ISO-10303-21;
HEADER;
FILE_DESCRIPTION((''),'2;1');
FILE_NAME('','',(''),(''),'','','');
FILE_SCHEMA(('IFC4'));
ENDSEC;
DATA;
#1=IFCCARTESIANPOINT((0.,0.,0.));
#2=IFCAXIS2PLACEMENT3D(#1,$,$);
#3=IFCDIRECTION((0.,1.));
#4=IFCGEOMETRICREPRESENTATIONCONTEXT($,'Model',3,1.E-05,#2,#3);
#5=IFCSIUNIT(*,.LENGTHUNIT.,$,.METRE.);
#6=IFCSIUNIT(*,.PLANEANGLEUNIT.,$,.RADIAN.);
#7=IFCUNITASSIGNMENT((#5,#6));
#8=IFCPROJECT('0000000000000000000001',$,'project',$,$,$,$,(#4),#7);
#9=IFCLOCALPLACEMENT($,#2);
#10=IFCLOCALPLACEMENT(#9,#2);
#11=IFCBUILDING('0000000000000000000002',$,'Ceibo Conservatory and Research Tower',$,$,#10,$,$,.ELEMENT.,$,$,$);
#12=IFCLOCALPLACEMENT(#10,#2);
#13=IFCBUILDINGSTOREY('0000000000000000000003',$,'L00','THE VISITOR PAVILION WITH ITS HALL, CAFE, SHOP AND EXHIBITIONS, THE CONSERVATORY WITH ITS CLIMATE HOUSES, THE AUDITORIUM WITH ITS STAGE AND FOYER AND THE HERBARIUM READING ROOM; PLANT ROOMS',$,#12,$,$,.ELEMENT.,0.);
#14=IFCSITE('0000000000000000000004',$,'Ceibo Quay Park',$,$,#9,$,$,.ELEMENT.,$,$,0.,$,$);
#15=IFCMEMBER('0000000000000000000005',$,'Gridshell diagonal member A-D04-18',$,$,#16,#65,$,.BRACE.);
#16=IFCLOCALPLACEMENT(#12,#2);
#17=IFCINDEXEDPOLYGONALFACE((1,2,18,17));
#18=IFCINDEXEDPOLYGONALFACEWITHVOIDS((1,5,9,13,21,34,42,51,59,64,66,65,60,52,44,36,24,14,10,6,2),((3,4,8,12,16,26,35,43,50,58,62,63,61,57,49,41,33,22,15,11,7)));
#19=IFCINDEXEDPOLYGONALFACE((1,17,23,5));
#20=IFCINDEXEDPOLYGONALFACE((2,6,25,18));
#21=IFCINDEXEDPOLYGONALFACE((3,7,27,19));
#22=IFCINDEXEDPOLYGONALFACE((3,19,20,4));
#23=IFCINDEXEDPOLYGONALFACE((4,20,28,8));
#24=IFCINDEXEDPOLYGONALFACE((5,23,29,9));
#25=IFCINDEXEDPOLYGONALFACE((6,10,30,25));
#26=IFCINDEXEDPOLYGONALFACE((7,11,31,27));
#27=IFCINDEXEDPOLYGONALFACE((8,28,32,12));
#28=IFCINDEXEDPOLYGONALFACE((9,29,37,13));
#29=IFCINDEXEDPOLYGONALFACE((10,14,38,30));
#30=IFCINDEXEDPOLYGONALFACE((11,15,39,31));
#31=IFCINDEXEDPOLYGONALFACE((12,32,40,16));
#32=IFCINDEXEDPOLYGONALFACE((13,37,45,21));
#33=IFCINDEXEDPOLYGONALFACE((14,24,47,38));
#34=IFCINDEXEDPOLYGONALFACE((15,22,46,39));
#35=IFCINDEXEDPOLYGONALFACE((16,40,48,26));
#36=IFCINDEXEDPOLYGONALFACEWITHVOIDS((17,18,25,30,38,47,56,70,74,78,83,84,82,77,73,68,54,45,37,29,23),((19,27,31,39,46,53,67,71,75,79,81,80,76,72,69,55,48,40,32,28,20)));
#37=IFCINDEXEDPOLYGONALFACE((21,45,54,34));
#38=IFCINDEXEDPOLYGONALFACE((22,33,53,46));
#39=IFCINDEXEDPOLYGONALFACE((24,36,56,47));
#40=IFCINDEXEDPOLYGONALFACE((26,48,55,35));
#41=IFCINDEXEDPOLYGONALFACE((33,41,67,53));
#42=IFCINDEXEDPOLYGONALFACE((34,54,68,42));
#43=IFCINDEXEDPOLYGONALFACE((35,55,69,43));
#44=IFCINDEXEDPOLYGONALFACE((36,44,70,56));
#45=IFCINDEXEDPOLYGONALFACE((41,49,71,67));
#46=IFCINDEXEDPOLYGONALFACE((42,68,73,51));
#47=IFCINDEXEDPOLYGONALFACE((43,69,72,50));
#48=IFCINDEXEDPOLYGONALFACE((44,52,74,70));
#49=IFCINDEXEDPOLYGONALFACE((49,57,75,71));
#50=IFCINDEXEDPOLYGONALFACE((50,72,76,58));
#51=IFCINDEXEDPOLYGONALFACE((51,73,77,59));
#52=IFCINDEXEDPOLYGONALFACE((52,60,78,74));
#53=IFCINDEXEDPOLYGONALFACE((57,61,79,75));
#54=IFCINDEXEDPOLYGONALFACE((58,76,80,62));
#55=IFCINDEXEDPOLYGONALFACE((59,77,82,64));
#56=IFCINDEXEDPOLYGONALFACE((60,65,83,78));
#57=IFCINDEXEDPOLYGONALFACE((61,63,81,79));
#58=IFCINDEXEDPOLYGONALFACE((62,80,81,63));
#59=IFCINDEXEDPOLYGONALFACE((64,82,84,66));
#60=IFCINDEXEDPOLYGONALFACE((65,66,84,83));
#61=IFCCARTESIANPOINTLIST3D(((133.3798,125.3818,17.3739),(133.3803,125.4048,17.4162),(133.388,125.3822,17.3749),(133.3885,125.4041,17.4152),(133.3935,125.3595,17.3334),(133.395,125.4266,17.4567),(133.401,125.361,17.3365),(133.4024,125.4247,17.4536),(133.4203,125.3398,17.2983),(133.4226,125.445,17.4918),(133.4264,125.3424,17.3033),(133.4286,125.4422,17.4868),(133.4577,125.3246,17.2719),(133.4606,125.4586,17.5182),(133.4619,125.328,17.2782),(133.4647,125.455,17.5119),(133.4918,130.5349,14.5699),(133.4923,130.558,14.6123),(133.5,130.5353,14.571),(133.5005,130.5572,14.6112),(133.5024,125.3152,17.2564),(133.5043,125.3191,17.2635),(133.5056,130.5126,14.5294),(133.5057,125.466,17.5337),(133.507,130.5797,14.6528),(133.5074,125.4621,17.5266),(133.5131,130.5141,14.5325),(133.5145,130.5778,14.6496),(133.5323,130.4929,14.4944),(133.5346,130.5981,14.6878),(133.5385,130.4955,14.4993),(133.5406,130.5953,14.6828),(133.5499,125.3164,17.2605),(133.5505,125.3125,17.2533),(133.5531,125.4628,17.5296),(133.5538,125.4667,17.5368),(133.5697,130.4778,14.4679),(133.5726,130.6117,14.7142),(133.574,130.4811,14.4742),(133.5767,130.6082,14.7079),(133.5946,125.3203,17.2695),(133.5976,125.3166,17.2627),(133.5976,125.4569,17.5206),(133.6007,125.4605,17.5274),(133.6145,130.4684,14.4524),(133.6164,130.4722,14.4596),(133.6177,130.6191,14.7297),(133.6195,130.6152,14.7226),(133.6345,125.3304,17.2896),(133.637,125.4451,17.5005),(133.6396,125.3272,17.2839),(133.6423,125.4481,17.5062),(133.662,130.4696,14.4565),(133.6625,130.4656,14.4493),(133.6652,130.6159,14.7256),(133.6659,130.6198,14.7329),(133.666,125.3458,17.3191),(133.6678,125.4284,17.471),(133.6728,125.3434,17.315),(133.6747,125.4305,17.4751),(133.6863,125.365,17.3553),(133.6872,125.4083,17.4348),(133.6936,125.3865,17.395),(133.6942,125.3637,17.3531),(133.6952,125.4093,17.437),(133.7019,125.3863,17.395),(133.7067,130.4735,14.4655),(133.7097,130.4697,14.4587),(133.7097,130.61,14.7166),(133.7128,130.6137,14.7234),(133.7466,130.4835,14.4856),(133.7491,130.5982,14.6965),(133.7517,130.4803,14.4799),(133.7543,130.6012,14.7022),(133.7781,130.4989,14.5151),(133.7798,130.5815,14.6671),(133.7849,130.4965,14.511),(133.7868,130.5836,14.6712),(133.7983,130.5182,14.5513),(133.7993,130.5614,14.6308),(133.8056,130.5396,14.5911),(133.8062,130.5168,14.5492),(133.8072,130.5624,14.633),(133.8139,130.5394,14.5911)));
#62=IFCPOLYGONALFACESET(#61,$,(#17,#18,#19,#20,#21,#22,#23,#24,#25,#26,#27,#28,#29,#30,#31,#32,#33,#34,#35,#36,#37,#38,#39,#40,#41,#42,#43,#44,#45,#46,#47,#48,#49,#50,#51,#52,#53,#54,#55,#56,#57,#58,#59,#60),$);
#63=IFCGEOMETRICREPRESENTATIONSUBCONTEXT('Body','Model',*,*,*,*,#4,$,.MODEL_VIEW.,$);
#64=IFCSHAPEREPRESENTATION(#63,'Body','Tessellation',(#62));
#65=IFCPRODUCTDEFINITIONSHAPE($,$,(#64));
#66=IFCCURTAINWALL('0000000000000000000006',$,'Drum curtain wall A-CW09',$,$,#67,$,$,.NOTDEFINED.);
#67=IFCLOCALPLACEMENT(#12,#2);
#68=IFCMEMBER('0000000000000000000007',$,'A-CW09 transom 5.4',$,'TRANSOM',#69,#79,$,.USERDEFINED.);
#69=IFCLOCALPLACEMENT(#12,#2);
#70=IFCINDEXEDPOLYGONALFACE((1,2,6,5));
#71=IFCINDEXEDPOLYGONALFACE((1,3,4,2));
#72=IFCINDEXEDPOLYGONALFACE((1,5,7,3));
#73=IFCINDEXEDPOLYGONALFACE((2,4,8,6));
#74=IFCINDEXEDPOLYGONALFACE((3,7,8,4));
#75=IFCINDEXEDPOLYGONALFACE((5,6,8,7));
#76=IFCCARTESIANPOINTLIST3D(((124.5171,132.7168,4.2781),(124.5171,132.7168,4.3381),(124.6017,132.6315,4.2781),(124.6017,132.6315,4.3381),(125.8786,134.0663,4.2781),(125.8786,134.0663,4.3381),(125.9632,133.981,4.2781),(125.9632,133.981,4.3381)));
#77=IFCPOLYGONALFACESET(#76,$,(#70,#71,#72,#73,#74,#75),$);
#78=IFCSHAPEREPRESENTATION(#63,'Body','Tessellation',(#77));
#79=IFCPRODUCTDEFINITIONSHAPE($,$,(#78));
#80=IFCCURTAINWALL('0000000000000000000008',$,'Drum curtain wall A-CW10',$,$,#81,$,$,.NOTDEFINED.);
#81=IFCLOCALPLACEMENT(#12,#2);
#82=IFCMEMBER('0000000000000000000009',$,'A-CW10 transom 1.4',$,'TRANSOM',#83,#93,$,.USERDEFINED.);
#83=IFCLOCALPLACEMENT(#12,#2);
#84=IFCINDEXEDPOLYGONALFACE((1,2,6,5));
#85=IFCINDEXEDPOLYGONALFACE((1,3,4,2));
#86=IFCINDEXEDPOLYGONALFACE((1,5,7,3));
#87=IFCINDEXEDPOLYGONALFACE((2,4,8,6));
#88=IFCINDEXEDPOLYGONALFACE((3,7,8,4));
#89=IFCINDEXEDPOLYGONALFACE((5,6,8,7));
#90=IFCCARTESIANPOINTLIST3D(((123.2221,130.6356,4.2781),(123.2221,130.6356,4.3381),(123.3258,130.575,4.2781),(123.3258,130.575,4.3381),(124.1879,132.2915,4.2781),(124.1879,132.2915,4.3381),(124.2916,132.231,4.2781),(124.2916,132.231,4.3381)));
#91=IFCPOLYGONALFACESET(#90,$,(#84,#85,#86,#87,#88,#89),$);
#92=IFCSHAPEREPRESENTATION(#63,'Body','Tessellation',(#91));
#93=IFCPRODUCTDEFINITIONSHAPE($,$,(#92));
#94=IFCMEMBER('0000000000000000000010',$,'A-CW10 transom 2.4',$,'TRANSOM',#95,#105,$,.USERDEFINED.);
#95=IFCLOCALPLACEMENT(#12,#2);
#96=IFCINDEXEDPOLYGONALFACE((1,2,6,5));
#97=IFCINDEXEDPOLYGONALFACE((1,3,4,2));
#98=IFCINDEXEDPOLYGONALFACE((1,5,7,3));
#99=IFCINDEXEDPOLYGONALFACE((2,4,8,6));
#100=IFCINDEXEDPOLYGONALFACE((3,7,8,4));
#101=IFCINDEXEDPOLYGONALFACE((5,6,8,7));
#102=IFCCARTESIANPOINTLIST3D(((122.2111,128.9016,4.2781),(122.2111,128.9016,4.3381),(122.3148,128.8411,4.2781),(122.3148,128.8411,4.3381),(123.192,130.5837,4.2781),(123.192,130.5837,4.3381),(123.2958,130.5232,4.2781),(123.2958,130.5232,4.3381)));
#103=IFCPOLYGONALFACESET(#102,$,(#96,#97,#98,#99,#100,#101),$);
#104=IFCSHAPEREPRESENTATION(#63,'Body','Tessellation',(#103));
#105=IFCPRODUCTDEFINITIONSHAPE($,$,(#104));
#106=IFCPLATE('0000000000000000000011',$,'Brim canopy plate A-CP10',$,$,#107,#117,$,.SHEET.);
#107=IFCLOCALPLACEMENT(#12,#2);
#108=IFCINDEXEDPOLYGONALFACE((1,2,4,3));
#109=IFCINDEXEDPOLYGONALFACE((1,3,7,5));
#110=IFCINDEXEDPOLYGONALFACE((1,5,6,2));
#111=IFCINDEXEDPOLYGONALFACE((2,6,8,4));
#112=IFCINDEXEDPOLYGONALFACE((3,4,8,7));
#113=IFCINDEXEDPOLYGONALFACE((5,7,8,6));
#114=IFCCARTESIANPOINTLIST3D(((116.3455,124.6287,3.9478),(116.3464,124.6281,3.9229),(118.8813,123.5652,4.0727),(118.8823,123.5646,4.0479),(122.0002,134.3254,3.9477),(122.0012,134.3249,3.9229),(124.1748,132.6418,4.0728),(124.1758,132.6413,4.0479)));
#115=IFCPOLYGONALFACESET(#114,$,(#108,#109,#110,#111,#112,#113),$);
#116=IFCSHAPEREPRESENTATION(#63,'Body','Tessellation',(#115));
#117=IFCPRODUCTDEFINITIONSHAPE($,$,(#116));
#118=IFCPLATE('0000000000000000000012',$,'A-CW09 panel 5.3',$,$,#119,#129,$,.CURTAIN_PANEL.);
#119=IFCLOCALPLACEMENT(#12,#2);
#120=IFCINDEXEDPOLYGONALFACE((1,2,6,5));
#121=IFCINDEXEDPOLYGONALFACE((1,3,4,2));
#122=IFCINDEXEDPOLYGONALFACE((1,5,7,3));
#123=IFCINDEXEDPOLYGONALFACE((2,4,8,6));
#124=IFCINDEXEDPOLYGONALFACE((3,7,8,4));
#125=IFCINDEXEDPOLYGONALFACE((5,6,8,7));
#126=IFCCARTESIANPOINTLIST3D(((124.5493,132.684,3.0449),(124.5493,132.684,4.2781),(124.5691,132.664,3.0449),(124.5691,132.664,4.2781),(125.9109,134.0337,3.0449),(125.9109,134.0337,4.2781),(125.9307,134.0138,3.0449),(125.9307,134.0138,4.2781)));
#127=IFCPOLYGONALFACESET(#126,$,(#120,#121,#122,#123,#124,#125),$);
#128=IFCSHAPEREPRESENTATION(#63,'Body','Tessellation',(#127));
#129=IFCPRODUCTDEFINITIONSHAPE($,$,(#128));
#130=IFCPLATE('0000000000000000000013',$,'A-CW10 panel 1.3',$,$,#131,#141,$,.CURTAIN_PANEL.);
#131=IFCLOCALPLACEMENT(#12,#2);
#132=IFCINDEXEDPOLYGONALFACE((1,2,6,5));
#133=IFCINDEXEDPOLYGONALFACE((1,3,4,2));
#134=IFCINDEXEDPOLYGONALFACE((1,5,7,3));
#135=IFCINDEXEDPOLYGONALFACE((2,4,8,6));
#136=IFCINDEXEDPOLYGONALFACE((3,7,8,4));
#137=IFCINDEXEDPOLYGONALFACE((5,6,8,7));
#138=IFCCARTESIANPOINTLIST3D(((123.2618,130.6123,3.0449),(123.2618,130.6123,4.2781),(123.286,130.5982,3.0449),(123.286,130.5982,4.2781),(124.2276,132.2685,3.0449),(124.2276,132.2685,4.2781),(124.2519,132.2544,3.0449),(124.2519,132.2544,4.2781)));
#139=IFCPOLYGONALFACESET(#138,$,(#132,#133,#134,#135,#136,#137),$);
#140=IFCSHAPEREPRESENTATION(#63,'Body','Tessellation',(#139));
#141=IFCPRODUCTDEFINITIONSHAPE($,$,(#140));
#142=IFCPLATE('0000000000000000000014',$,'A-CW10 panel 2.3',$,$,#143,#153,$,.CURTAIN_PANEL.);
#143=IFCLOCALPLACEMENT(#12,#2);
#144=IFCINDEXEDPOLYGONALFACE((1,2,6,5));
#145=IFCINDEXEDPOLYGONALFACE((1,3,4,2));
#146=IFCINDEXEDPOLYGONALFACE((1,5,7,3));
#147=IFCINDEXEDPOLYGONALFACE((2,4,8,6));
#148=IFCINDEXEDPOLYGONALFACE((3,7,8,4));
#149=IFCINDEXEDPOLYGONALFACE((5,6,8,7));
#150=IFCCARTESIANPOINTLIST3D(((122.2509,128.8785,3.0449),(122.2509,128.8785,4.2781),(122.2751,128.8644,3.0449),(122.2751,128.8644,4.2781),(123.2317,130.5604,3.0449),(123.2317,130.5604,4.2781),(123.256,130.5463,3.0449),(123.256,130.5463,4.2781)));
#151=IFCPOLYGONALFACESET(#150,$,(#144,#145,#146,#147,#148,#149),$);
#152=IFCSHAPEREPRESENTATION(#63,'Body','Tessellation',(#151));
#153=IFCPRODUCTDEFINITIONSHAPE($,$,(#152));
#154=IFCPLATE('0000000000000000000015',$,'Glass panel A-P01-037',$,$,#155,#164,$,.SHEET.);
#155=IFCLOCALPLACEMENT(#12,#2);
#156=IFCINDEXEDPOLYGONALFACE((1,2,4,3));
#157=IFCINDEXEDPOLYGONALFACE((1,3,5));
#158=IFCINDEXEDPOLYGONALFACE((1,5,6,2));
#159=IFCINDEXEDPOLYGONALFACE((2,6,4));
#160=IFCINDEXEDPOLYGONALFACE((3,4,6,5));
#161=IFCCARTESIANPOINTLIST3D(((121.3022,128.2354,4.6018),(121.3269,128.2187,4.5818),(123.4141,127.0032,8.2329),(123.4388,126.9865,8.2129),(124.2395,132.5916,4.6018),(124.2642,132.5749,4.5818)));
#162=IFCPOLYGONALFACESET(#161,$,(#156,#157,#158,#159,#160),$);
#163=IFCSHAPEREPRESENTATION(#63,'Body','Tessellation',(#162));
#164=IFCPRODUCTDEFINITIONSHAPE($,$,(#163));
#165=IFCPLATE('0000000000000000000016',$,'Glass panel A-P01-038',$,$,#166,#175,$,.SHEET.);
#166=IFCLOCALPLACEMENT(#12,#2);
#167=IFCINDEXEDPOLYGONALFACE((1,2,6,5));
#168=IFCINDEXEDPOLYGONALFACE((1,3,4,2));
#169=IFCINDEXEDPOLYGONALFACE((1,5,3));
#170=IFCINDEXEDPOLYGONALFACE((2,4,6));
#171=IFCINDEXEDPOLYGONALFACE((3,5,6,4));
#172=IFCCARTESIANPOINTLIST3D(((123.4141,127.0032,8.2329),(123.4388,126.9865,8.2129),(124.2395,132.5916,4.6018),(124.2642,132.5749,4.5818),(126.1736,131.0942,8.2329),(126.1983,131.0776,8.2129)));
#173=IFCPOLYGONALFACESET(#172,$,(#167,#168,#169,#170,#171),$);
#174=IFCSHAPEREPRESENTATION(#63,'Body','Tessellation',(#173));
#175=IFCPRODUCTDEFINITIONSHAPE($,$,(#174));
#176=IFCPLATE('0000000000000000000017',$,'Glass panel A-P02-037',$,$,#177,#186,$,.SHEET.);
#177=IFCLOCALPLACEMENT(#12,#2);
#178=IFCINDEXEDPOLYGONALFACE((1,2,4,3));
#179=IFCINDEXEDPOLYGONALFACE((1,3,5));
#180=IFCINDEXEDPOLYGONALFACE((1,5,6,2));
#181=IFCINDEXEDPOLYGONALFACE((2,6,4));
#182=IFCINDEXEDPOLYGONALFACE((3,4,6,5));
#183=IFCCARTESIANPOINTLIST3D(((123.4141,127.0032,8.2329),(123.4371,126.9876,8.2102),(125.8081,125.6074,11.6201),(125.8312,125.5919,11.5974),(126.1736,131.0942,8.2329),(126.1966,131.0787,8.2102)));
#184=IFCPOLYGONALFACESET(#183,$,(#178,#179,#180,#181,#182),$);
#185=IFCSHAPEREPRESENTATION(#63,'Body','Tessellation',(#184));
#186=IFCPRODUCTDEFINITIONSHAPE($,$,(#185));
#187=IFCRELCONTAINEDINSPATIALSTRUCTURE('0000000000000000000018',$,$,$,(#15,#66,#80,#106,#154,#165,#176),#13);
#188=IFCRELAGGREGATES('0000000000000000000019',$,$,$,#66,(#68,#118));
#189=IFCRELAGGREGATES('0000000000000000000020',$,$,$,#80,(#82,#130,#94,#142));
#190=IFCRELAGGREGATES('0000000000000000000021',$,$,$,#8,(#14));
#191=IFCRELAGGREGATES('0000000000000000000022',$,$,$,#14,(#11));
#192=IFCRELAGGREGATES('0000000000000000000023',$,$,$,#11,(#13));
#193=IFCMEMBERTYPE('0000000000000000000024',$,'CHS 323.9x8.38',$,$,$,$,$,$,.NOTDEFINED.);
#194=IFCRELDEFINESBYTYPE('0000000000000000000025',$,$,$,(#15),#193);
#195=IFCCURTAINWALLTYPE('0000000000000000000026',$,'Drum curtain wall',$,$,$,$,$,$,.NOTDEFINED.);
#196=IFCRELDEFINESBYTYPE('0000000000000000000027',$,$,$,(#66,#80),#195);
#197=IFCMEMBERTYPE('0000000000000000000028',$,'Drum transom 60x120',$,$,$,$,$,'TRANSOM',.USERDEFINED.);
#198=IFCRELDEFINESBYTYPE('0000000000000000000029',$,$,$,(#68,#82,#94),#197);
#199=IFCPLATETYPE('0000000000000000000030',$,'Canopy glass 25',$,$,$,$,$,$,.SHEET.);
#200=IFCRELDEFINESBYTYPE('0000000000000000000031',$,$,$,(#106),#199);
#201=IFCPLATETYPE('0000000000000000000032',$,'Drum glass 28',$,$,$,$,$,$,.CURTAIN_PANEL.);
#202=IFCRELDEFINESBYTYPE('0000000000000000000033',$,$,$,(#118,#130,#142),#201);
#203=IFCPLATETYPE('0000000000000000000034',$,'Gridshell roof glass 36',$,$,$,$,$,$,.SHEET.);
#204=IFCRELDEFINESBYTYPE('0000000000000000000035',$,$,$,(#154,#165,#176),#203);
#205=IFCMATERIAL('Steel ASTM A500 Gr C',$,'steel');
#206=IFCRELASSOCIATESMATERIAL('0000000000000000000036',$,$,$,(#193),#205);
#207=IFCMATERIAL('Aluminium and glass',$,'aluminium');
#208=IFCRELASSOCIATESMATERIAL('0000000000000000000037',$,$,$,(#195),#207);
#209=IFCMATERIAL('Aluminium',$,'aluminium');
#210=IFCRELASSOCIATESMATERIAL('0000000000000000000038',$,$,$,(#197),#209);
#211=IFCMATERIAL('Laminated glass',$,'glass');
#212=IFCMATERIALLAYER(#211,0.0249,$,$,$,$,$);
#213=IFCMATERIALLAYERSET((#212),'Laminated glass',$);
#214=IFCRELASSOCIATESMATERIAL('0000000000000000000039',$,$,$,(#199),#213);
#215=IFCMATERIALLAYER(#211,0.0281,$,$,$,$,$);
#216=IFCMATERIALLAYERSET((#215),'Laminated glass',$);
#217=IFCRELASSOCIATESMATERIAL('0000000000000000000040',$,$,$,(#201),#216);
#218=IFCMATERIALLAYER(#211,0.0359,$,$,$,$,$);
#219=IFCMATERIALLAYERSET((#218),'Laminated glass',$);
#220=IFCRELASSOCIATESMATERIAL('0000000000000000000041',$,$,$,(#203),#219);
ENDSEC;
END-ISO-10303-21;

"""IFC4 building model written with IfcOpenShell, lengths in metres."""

from ifc_helpers import new_model, si_unit, direction, frame, origin, origin_2d, place, context, subcontext, project, spatial, polyline, rectangle, hollow_circle, outline, extrude, material, layer, layer_set, material_profile, profile_set, type_object, element, aggregate, save


model = new_model("IFC4")

# Units and contexts
model_context = context("Model", 3, precision=1e-05, world=origin(), true_north=direction((0.0, 1.0)))
body_context = subcontext(model_context, "Body", "Model", "MODEL_VIEW")
ifc_project = project(units=[si_unit("LENGTHUNIT", "METRE"), si_unit("PLANEANGLEUNIT", "RADIAN")], contexts=[model_context])

# Site, building, storey
site_placement = place(None, origin())
site = spatial("IfcSite", under=ifc_project, at=site_placement, Name="Ceibo Quay Park", CompositionType="ELEMENT", RefElevation=0.0)
building_placement = place(site_placement, origin())
building = spatial("IfcBuilding", under=site, at=building_placement, Name="Ceibo Conservatory and Research Tower", CompositionType="ELEMENT")
storey_placement = place(building_placement, origin())
storey = spatial("IfcBuildingStorey", under=building, at=storey_placement, Name="L00", Description="THE VISITOR PAVILION WITH ITS HALL, CAFE, SHOP AND EXHIBITIONS, THE CONSERVATORY WITH ITS CLIMATE HOUSES, THE AUDITORIUM WITH ITS STAGE AND FOYER AND THE HERBARIUM READING ROOM; PLANT ROOMS", CompositionType="ELEMENT", Elevation=0.0)

# Member
ifc_material_1 = material(Name="Steel ASTM A500 Gr C", Category="steel")
ifc_material_profile_1 = material_profile(ifc_material_1, hollow_circle(Radius=0.1619, WallThickness=0.0083, at=origin_2d()), Name="CHS 323.9x8.38")
ifc_profile_set_1 = profile_set([ifc_material_profile_1], Name="Steel ASTM A500 Gr C")
member_type_1 = type_object("IfcMemberType", Name="CHS 323.9x8.38", PredefinedType="NOTDEFINED", material=ifc_profile_set_1)
member_1_placement = place(storey_placement, frame((133.6521, 130.543, 14.5911), z_axis=(-0.019098, -0.878223, 0.47787), x_axis=(0.999764, -0.021741, 0.0)))
element("IfcMember", 1, at=member_1_placement, inside=storey, type_object=member_type_1, Name="Gridshell diagonal member A-D04-18", PredefinedType="BRACE", context=body_context, shape_type="SweptSolid", body=[
    extrude(hollow_circle(Radius=0.1619, WallThickness=0.0083, at=origin_2d()), origin(), (0.0, 0.0, 1.0), 5.8677),
])

# Curtain wall, member
ifc_material_2 = material(Name="Aluminium and glass", Category="aluminium")
curtain_wall_type = type_object("IfcCurtainWallType", Name="Drum curtain wall", PredefinedType="NOTDEFINED", material=ifc_material_2)
curtain_wall_1_placement = place(storey_placement, origin())
curtain_wall_1 = element("IfcCurtainWall", 2, at=curtain_wall_1_placement, inside=storey, type_object=curtain_wall_type, Name="Drum curtain wall A-CW09", PredefinedType="NOTDEFINED")
ifc_material_3 = material(Name="Aluminium", Category="aluminium")
ifc_material_profile_2 = material_profile(ifc_material_3, rectangle(XDim=0.1201, YDim=0.0601, at=origin_2d()), Name="AL 60x120")
ifc_profile_set_2 = profile_set([ifc_material_profile_2], Name="Aluminium")
member_type_2 = type_object("IfcMemberType", Name="Drum transom 60x120", ElementType="TRANSOM", PredefinedType="USERDEFINED", material=ifc_profile_set_2)
member_2_placement = place(storey_placement, frame((125.9209, 134.0237, 4.3081), z_axis=(-0.71022, -0.70398, 0.0), x_axis=(0.70398, -0.71022, 0.0)))
member_2 = element("IfcMember", 3, at=member_2_placement, type_object=member_type_2, Name="A-CW09 transom 5.4", ObjectType="TRANSOM", PredefinedType="USERDEFINED", context=body_context, shape_type="SweptSolid", body=[
    extrude(rectangle(XDim=0.1201, YDim=0.0601, at=origin_2d()), origin(), (0.0, 0.0, 1.0), 1.917),
])

# Curtain wall, members
curtain_wall_2_placement = place(storey_placement, origin())
curtain_wall_2 = element("IfcCurtainWall", 4, at=curtain_wall_2_placement, inside=storey, type_object=curtain_wall_type, Name="Drum curtain wall A-CW10", PredefinedType="NOTDEFINED")
member_3_placement = place(storey_placement, frame((124.2397, 132.2612, 4.3081), z_axis=(-0.5038, -0.86382, 0.0), x_axis=(0.86382, -0.5038, 0.0)))
member_3 = element("IfcMember", 5, at=member_3_placement, type_object=member_type_2, Name="A-CW10 transom 1.4", ObjectType="TRANSOM", PredefinedType="USERDEFINED", context=body_context, shape_type="SweptSolid", body=[
    extrude(rectangle(XDim=0.1201, YDim=0.0601, at=origin_2d()), origin(), (0.0, 0.0, 1.0), 1.917),
])
member_4_placement = place(storey_placement, frame((123.2439, 130.5535, 4.3081), z_axis=(-0.503762, -0.863843, 0.0), x_axis=(0.863843, -0.503762, 0.0)))
member_4 = element("IfcMember", 6, at=member_4_placement, type_object=member_type_2, Name="A-CW10 transom 2.4", ObjectType="TRANSOM", PredefinedType="USERDEFINED", context=body_context, shape_type="SweptSolid", body=[
    extrude(rectangle(XDim=0.1201, YDim=0.0601, at=origin_2d()), origin(), (0.0, 0.0, 1.0), 1.9473),
])

# Plates
ifc_material_4 = material(Name="Laminated glass", Category="glass")
ifc_layer_1 = layer(ifc_material_4, 0.0249)
ifc_layer_set_1 = layer_set([ifc_layer_1], Name="Laminated glass")
plate_type_1 = type_object("IfcPlateType", Name="Canopy glass 25", PredefinedType="SHEET", material=ifc_layer_set_1)
plate_1_placement = place(storey_placement, frame((124.1748, 132.6418, 4.0728), z_axis=(0.039563, -0.023072, -0.998951), x_axis=(-0.503781, -0.863831, -0.000001)))
element("IfcPlate", 7, at=plate_1_placement, inside=storey, type_object=plate_type_1, Name="Brim canopy plate A-CP10", PredefinedType="SHEET", context=body_context, shape_type="SweptSolid", body=[
    extrude(outline(polyline([(0.0, 0.0), (10.5074, 0.0), (10.8663, 2.7292), (-0.3588, 2.7295), (0.0, 0.0)])), origin(), (0.0, 0.0, 1.0), 0.0249),
])
ifc_layer_2 = layer(ifc_material_4, 0.0281)
ifc_layer_set_2 = layer_set([ifc_layer_2], Name="Laminated glass")
plate_type_2 = type_object("IfcPlateType", Name="Drum glass 28", PredefinedType="CURTAIN_PANEL", material=ifc_layer_set_2)
plate_2_placement = place(storey_placement, frame((125.24, 133.3489, 3.0449), z_axis=(0.0, 0.0, 1.0), x_axis=(-0.710185, -0.704015, 0.0)))
plate_2 = element("IfcPlate", 8, at=plate_2_placement, type_object=plate_type_2, Name="A-CW09 panel 5.3", PredefinedType="CURTAIN_PANEL", context=body_context, shape_type="SweptSolid", body=[
    extrude(rectangle(XDim=1.9172, YDim=0.0281, at=origin_2d()), origin(), (0.0, 0.0, 1.0), 1.2332),
])
aggregate(curtain_wall_1, [member_2, plate_2])
plate_3_placement = place(storey_placement, frame((123.7568, 131.4333, 3.0449), z_axis=(0.0, 0.0, 1.0), x_axis=(-0.503774, -0.863836, 0.0)))
plate_3 = element("IfcPlate", 9, at=plate_3_placement, type_object=plate_type_2, Name="A-CW10 panel 1.3", PredefinedType="CURTAIN_PANEL", context=body_context, shape_type="SweptSolid", body=[
    extrude(rectangle(XDim=1.9172, YDim=0.0281, at=origin_2d()), origin(), (0.0, 0.0, 1.0), 1.2332),
])
plate_4_placement = place(storey_placement, frame((122.7534, 129.7124, 3.0449), z_axis=(0.0, 0.0, 1.0), x_axis=(-0.503774, -0.863836, 0.0)))
plate_4 = element("IfcPlate", 10, at=plate_4_placement, type_object=plate_type_2, Name="A-CW10 panel 2.3", PredefinedType="CURTAIN_PANEL", context=body_context, shape_type="SweptSolid", body=[
    extrude(rectangle(XDim=1.947, YDim=0.0281, at=origin_2d()), origin(), (0.0, 0.0, 1.0), 1.2332),
])
aggregate(curtain_wall_2, [member_3, plate_3, member_4, plate_4])

# Plates
ifc_layer_3 = layer(ifc_material_4, 0.0359)
ifc_layer_set_3 = layer_set([ifc_layer_3], Name="Laminated glass")
plate_type_3 = type_object("IfcPlateType", Name="Gridshell roof glass 36", PredefinedType="SHEET", material=ifc_layer_set_3)
plate_5_placement = place(storey_placement, frame((124.2395, 132.5916, 4.6018), z_axis=(-0.688203, 0.464034, 0.557718), x_axis=(-0.559057, -0.829129, 0.0)))
element("IfcPlate", 11, at=plate_5_placement, inside=storey, type_object=plate_type_3, Name="Glass panel A-P01-037", PredefinedType="SHEET", context=body_context, shape_type="SweptSolid", body=[
    extrude(outline(polyline([(0.0, 0.0), (5.2539, 0.0), (5.095, 4.3747), (0.0, 0.0)])), origin(), (0.0, 0.0, -1.0), 0.0359),
])
plate_6_placement = place(storey_placement, frame((124.2395, 132.5916, 4.6018), z_axis=(-0.688044, 0.464102, 0.557858), x_axis=(-0.122918, -0.832177, 0.540715)))
element("IfcPlate", 12, at=plate_6_placement, inside=storey, type_object=plate_type_3, Name="Glass panel A-P01-038", PredefinedType="SHEET", context=body_context, shape_type="SweptSolid", body=[
    extrude(outline(polyline([(0.0, 0.0), (6.7154, 0.0), (2.9717, 3.2151), (0.0, 0.0)])), origin(), (0.0, 0.0, -1.0), 0.0359),
])
plate_7_placement = place(storey_placement, frame((126.1736, 131.0942, 8.2329), z_axis=(-0.642202, 0.433181, 0.632401), x_axis=(-0.559202, -0.829032, 0.0)))
element("IfcPlate", 13, at=plate_7_placement, inside=storey, type_object=plate_type_3, Name="Glass panel A-P02-037", PredefinedType="SHEET", context=body_context, shape_type="SweptSolid", body=[
    extrude(outline(polyline([(0.0, 0.0), (4.9348, 0.0), (4.7531, 4.3726), (0.0, 0.0)])), origin(), (0.0, 0.0, -1.0), 0.0359),
])

save(model, "model.ifc")
